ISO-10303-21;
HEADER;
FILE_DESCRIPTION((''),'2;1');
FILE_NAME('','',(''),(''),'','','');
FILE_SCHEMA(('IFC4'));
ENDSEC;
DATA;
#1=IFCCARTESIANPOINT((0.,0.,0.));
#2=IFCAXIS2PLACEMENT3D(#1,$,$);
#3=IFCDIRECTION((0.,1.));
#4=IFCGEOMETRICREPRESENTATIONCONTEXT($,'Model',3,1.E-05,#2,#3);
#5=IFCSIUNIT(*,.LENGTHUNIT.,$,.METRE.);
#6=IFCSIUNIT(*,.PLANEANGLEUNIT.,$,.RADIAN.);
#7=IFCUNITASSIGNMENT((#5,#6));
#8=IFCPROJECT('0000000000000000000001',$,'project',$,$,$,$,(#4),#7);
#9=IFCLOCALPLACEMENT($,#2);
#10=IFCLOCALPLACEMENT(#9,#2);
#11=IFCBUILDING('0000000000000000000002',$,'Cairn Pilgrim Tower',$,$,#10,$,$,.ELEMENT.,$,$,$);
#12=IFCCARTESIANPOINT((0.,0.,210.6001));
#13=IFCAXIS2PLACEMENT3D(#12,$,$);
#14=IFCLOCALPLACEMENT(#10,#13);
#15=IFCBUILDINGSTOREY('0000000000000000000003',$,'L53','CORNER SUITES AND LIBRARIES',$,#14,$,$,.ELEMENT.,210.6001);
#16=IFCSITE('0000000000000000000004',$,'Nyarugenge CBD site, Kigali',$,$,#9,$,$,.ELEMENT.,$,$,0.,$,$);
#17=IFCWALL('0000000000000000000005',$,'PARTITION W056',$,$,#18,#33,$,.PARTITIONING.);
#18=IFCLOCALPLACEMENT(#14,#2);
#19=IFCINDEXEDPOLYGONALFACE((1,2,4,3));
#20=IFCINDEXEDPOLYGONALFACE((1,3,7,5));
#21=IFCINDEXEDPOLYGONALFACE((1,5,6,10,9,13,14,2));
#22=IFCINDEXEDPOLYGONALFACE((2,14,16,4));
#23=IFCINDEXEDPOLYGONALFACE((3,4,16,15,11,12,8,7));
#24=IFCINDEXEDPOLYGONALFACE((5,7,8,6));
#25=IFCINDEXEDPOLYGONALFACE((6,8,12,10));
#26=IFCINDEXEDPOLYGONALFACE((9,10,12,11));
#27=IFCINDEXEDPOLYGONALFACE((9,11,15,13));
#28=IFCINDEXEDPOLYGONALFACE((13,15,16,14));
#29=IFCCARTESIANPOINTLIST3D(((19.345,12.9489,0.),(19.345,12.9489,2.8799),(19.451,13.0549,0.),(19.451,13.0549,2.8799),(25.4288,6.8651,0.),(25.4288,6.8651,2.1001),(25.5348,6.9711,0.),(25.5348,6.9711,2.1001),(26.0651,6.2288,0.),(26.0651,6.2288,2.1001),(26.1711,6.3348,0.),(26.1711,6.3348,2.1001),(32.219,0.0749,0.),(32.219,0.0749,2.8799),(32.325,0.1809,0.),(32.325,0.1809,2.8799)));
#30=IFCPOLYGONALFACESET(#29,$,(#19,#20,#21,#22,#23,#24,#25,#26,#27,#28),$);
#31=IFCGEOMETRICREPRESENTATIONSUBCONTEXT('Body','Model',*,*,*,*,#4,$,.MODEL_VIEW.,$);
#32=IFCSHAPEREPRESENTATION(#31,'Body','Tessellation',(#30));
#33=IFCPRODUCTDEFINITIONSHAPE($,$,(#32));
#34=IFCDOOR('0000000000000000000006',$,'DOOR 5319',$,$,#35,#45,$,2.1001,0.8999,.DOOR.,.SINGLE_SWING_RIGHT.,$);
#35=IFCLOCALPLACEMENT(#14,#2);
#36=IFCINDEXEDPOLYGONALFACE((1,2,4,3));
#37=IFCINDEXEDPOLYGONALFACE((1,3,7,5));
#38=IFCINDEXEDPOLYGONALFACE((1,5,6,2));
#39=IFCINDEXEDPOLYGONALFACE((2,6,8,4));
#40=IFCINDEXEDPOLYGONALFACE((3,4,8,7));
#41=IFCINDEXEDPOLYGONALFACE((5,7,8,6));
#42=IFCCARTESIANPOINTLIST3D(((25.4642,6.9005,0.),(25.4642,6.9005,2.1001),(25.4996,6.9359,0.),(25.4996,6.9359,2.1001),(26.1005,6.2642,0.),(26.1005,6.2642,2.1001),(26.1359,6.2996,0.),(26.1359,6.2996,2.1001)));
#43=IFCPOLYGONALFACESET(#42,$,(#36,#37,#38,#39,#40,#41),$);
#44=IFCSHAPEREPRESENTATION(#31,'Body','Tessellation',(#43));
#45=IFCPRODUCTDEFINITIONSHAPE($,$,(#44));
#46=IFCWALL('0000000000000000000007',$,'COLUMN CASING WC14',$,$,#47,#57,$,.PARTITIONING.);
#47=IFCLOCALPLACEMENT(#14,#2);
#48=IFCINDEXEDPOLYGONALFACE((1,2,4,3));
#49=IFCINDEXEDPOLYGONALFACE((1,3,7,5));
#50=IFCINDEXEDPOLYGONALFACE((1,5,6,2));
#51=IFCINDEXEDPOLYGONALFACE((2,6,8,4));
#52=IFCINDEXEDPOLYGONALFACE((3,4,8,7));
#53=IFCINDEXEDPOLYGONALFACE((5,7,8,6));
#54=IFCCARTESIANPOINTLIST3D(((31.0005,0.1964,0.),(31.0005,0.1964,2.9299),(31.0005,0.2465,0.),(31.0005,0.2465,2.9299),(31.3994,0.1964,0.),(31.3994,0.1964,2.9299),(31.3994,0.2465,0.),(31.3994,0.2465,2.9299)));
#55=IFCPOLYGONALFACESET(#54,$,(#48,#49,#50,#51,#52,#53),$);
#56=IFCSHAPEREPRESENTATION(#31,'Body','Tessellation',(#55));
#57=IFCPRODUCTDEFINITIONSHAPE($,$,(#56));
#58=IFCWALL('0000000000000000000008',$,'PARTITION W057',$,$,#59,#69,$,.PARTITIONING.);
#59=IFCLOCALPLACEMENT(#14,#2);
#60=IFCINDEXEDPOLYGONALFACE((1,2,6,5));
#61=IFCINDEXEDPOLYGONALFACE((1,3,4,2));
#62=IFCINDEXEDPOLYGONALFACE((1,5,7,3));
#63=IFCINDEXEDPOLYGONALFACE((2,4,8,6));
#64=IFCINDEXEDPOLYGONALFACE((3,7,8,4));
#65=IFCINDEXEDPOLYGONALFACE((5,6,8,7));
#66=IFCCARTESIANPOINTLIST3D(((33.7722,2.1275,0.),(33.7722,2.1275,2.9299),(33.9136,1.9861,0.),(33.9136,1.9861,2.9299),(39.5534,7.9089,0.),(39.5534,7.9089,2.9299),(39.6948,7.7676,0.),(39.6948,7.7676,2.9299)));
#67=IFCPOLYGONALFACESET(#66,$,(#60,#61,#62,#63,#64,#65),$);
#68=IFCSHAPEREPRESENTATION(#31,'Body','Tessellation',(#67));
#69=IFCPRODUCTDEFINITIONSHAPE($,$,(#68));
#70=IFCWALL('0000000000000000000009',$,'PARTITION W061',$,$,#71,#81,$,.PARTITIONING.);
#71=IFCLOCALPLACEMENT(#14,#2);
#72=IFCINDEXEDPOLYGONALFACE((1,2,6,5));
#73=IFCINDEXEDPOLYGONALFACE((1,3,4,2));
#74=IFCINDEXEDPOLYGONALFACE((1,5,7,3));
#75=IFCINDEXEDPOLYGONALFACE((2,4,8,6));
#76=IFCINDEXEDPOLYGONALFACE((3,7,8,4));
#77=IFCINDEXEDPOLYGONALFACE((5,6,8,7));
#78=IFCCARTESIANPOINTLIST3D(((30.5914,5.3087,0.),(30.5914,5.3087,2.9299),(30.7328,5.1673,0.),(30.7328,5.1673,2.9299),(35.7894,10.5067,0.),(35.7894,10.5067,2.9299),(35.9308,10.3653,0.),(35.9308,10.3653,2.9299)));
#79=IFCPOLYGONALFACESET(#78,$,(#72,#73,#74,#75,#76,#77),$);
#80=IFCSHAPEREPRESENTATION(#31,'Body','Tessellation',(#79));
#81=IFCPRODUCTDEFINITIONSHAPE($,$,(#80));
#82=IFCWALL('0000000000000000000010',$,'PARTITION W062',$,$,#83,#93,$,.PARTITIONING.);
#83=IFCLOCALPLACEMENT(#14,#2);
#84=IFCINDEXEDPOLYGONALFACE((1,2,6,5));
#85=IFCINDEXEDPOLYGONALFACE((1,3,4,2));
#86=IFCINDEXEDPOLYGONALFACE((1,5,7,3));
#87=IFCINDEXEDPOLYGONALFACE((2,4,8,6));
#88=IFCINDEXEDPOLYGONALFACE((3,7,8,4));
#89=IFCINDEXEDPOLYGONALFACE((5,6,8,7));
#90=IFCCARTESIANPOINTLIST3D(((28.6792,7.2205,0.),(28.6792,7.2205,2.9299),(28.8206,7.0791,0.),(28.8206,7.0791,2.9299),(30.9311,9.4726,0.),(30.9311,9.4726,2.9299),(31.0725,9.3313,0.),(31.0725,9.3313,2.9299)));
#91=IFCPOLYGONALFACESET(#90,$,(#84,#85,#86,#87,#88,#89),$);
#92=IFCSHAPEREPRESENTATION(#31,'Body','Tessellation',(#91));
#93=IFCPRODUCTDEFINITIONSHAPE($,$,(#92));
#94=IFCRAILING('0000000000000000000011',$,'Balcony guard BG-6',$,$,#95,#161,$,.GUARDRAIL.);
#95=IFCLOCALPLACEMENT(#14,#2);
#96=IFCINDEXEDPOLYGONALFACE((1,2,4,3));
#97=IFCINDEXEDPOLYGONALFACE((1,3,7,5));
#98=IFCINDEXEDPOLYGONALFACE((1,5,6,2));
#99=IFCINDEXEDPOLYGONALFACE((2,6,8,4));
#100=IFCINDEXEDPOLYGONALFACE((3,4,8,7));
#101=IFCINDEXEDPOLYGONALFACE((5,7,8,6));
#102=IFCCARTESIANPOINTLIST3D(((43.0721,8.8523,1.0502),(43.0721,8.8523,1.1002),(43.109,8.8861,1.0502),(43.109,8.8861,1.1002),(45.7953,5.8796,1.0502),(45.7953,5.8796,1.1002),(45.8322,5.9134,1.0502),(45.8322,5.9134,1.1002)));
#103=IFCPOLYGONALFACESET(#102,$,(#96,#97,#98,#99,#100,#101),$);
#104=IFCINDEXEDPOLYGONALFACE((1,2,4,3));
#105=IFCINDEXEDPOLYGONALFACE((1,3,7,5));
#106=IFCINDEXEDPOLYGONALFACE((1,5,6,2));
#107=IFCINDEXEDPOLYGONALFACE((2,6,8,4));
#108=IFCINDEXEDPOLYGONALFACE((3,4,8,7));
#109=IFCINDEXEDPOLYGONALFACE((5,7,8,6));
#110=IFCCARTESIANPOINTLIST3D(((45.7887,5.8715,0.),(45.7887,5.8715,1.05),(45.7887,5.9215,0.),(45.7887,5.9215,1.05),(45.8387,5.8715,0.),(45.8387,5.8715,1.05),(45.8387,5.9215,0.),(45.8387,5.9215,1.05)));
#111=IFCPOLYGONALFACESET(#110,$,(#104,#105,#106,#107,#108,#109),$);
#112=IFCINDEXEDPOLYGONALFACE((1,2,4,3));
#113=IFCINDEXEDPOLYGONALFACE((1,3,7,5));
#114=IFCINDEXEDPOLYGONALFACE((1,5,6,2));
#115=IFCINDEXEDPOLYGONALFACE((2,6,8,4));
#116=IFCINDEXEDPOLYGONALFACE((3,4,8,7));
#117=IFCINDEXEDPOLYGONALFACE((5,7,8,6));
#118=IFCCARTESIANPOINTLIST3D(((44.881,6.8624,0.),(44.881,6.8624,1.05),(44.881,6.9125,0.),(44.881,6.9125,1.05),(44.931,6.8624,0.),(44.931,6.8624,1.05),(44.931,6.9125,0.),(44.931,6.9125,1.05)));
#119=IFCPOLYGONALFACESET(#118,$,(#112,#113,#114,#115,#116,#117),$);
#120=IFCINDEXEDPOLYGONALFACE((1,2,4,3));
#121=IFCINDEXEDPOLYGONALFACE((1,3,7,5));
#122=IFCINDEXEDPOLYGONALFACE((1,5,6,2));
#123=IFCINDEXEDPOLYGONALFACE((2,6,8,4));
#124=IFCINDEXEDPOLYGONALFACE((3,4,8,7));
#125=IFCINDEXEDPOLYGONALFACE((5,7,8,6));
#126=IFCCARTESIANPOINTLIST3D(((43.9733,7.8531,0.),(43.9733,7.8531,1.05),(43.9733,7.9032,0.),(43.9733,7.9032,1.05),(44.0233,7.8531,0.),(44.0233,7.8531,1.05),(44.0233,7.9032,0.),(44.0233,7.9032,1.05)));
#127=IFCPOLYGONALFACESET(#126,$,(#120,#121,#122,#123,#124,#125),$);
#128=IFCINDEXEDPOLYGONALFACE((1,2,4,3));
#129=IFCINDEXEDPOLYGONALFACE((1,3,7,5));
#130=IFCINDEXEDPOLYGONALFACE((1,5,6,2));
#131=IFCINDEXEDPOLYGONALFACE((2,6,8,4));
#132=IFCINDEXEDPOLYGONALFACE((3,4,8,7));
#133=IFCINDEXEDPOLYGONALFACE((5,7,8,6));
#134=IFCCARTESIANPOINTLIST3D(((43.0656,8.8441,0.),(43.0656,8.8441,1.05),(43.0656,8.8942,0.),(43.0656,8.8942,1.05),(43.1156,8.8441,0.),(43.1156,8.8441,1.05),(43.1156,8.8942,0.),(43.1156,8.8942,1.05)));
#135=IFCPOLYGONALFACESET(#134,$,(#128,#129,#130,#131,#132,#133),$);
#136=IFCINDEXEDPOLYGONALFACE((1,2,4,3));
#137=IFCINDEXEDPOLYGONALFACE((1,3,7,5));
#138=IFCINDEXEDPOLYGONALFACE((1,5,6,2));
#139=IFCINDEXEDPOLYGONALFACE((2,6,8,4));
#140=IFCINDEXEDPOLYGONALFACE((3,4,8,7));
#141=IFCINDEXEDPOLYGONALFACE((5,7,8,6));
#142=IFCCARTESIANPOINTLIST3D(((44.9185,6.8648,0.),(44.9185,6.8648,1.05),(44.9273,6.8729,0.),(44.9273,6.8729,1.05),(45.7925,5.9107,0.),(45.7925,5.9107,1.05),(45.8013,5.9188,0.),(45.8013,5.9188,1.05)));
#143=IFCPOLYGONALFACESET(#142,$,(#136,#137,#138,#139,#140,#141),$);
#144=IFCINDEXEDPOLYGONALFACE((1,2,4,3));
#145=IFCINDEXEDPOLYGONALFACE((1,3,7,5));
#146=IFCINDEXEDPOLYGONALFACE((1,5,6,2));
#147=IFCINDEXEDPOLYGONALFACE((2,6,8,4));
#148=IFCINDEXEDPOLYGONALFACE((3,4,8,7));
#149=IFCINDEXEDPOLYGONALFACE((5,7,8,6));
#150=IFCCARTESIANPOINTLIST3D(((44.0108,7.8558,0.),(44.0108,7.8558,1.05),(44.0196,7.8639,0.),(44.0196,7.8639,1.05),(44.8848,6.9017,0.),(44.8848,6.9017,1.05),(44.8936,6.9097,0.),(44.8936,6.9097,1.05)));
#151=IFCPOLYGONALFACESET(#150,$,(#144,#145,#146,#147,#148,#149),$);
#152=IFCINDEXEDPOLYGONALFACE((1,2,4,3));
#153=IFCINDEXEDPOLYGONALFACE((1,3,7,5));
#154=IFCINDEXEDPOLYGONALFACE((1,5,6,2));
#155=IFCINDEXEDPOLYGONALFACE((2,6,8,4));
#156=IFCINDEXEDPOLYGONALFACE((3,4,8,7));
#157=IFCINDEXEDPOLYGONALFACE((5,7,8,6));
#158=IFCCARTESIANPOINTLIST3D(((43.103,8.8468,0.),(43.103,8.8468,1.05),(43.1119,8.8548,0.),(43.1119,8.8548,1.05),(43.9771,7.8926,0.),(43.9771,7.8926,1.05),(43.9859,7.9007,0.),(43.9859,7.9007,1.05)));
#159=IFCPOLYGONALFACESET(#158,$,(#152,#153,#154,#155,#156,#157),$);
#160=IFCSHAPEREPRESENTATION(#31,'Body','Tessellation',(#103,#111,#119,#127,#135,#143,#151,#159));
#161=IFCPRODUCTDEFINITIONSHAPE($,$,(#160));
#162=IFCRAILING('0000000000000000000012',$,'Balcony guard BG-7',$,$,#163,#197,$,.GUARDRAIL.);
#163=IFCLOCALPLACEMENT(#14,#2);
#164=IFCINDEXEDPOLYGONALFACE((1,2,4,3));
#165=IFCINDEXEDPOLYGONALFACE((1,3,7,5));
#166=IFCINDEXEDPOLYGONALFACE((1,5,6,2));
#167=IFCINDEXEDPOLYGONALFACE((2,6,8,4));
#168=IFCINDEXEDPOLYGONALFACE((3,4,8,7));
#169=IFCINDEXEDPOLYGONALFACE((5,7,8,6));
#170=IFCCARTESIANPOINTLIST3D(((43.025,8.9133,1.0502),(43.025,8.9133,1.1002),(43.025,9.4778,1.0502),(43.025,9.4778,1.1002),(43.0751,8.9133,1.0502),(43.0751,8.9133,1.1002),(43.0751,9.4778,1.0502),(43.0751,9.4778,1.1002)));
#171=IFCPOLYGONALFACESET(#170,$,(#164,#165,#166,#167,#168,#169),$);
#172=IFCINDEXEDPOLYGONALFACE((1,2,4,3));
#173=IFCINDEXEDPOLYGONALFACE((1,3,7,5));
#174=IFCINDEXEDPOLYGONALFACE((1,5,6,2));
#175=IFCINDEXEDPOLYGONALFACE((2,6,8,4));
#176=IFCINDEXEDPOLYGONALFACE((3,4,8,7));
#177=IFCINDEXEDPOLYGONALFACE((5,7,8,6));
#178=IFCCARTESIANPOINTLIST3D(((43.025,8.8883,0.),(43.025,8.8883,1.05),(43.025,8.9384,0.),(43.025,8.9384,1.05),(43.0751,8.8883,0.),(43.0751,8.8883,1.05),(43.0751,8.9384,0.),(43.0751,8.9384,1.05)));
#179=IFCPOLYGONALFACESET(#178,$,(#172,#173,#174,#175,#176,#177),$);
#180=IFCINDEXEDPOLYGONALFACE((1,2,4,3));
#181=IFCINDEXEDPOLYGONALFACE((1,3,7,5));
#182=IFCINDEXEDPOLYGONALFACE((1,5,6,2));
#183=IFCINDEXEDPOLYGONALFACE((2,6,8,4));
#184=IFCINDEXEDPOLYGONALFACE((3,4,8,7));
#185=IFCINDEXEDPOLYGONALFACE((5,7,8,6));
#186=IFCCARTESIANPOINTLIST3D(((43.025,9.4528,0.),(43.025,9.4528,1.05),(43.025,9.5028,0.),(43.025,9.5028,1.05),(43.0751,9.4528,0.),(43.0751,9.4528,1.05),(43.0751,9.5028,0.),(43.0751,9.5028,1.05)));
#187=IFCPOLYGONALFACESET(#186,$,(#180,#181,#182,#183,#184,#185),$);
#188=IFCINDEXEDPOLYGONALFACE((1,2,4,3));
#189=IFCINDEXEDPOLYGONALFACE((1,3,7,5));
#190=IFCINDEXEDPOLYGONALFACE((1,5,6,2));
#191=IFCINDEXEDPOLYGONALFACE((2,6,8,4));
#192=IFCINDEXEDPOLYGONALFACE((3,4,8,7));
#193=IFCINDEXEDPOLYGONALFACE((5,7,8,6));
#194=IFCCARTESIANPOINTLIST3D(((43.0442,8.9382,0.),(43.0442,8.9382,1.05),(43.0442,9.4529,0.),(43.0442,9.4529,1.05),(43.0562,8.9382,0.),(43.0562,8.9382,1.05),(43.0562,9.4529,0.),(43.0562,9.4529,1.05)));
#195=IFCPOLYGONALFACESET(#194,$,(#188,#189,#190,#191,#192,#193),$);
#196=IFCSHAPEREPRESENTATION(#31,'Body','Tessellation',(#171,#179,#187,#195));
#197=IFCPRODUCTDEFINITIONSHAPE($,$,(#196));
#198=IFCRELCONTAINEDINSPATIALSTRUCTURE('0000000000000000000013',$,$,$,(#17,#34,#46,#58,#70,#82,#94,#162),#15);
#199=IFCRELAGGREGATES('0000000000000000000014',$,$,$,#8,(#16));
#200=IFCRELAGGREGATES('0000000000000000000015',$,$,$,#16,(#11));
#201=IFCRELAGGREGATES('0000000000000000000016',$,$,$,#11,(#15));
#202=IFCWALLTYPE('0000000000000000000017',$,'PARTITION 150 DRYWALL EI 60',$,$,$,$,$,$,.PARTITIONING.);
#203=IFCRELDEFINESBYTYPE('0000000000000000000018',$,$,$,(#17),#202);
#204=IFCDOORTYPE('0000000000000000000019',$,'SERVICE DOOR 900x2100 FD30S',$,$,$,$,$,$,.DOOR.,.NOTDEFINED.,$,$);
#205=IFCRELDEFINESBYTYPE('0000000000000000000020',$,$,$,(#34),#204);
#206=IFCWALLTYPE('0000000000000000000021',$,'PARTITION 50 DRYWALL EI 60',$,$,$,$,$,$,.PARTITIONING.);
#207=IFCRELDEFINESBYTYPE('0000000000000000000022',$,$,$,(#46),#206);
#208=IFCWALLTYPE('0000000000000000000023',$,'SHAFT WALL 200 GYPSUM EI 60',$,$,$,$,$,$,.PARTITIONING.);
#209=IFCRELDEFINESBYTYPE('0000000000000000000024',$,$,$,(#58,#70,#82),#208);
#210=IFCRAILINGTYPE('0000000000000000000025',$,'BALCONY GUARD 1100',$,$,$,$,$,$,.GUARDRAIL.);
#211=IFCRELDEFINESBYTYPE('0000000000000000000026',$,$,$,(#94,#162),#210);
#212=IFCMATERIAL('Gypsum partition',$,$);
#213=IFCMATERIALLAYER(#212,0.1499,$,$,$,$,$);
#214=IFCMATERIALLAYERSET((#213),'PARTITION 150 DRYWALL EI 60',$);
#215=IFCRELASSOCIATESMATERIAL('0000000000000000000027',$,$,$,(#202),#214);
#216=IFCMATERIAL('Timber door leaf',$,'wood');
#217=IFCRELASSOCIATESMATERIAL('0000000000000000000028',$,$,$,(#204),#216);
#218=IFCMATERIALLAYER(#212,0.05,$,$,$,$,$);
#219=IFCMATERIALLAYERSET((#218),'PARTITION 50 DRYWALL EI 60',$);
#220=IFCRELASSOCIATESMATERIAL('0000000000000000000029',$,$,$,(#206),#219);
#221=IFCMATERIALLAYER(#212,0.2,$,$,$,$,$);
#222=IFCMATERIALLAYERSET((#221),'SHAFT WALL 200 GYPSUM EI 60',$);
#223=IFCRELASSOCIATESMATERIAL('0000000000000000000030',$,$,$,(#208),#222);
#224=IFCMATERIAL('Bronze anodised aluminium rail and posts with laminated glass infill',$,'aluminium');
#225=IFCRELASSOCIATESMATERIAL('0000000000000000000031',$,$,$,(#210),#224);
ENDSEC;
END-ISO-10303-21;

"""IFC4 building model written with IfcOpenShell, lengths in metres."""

from ifc_helpers import new_model, si_unit, direction, frame, frame_2d, origin, origin_2d, place, context, subcontext, project, spatial, polyline, rectangle, outline, extrude, material, layer, layer_set, type_object, element, fill, save


model = new_model("IFC4")

# Units and contexts
model_context = context("Model", 3, precision=1e-05, world=origin(), true_north=direction((0.0, 1.0)))
body_context = subcontext(model_context, "Body", "Model", "MODEL_VIEW")
ifc_project = project(units=[si_unit("LENGTHUNIT", "METRE"), si_unit("PLANEANGLEUNIT", "RADIAN")], contexts=[model_context])

# Site, building, storey
site_placement = place(None, origin())
site = spatial("IfcSite", under=ifc_project, at=site_placement, Name="Nyarugenge CBD site, Kigali", CompositionType="ELEMENT", RefElevation=0.0)
building_placement = place(site_placement, origin())
building = spatial("IfcBuilding", under=site, at=building_placement, Name="Cairn Pilgrim Tower", CompositionType="ELEMENT")
storey_placement = place(building_placement, frame((0.0, 0.0, 210.6001)))
storey = spatial("IfcBuildingStorey", under=building, at=storey_placement, Name="L53", Description="CORNER SUITES AND LIBRARIES", CompositionType="ELEMENT", Elevation=210.6001)

# Shared definitions
ifc_material_1 = material(Name="Gypsum partition")
ifc_layer_1 = layer(ifc_material_1, 0.1499)
ifc_layer_set_1 = layer_set([ifc_layer_1], Name="PARTITION 150 DRYWALL EI 60")
wall_type_1 = type_object("IfcWallType", Name="PARTITION 150 DRYWALL EI 60", PredefinedType="PARTITIONING", material=ifc_layer_set_1)
ifc_material_2 = material(Name="Timber door leaf", Category="wood")
door_type_1 = type_object("IfcDoorType", Name="SERVICE DOOR 900x2100 FD30S", OperationType="NOTDEFINED", PredefinedType="DOOR", material=ifc_material_2)

# Wall, opening, door
wall_1_placement = place(storey_placement, frame((32.272, 0.1279, 0.0), z_axis=(0.0, 0.0, 1.0), x_axis=(-0.707107, 0.707107, 0.0)))
wall_1 = element("IfcWall", 1, at=wall_1_placement, inside=storey, type_object=wall_type_1, Name="PARTITION W056", PredefinedType="PARTITIONING", context=body_context, shape_type="SweptSolid", body=[
    extrude(rectangle(XDim=18.2065, YDim=0.1499, at=frame_2d((9.1033, 0.0))), origin(), (0.0, 0.0, 1.0), 2.8799),
])
opening_1_placement = place(wall_1_placement, frame((8.7029, 0.0, 0.0)))
opening_1 = element("IfcOpeningElement", 2, at=opening_1_placement, cuts=wall_1, PredefinedType="OPENING", context=body_context, shape_type="SweptSolid", body=[
    extrude(rectangle(XDim=0.8999, YDim=2.1001, at=frame_2d((0.45, 1.05))), frame((0.0, 0.085, 0.0), z_axis=(0.0, -1.0, 0.0), x_axis=(1.0, 0.0, 0.0)), (0.0, 0.0, 1.0), 0.1699),
])
door_1_placement = place(opening_1_placement, origin())
door_1 = element("IfcDoor", 3, at=door_1_placement, inside=storey, type_object=door_type_1, Name="DOOR 5319", OperationType="SINGLE_SWING_RIGHT", OverallHeight=2.1001, OverallWidth=0.8999, PredefinedType="DOOR", context=body_context, shape_type="SweptSolid", body=[
    extrude(rectangle(XDim=0.8999, YDim=2.1001, at=frame_2d((0.45, 1.05))), frame((0.0, 0.0249, 0.0), z_axis=(0.0, -1.0, 0.0), x_axis=(1.0, 0.0, 0.0)), (0.0, 0.0, 1.0), 0.05),
])
fill(opening_1, door_1)

# Walls
ifc_layer_2 = layer(ifc_material_1, 0.05)
ifc_layer_set_2 = layer_set([ifc_layer_2], Name="PARTITION 50 DRYWALL EI 60")
wall_type_2 = type_object("IfcWallType", Name="PARTITION 50 DRYWALL EI 60", PredefinedType="PARTITIONING", material=ifc_layer_set_2)
wall_2_placement = place(storey_placement, frame((31.0005, 0.2214, 0.0), z_axis=(0.0, 0.0, 1.0), x_axis=(1.0, 0.0, 0.0)))
element("IfcWall", 4, at=wall_2_placement, inside=storey, type_object=wall_type_2, Name="COLUMN CASING WC14", PredefinedType="PARTITIONING", context=body_context, shape_type="SweptSolid", body=[
    extrude(rectangle(XDim=0.3989, YDim=0.05, at=frame_2d((0.1995, 0.0))), origin(), (0.0, 0.0, 1.0), 2.9299),
])
ifc_layer_3 = layer(ifc_material_1, 0.2)
ifc_layer_set_3 = layer_set([ifc_layer_3], Name="SHAFT WALL 200 GYPSUM EI 60")
wall_type_3 = type_object("IfcWallType", Name="SHAFT WALL 200 GYPSUM EI 60", PredefinedType="PARTITIONING", material=ifc_layer_set_3)
wall_3_placement = place(storey_placement, frame((33.843, 2.0569, 0.0), z_axis=(0.0, 0.0, 1.0), x_axis=(0.707092, 0.707122, 0.0)))
element("IfcWall", 5, at=wall_3_placement, inside=storey, type_object=wall_type_3, Name="PARTITION W057", PredefinedType="PARTITIONING", context=body_context, shape_type="SweptSolid", body=[
    extrude(rectangle(XDim=8.176, YDim=0.2, at=frame_2d((4.0879, 0.0))), origin(), (0.0, 0.0, 1.0), 2.9299),
])
wall_4_placement = place(storey_placement, frame((30.6621, 5.238, 0.0), z_axis=(0.0, 0.0, 1.0), x_axis=(0.707107, 0.707107, 0.0)))
element("IfcWall", 6, at=wall_4_placement, inside=storey, type_object=wall_type_3, Name="PARTITION W061", PredefinedType="PARTITIONING", context=body_context, shape_type="SweptSolid", body=[
    extrude(rectangle(XDim=7.3511, YDim=0.2, at=frame_2d((3.6755, 0.0))), origin(), (0.0, 0.0, 1.0), 2.9299),
])
wall_5_placement = place(storey_placement, frame((28.75, 7.1499, 0.0), z_axis=(0.0, 0.0, 1.0), x_axis=(0.707068, 0.707145, 0.0)))
element("IfcWall", 7, at=wall_5_placement, inside=storey, type_object=wall_type_3, Name="PARTITION W062", PredefinedType="PARTITIONING", context=body_context, shape_type="SweptSolid", body=[
    extrude(rectangle(XDim=3.1848, YDim=0.2, at=frame_2d((1.5923, 0.0))), origin(), (0.0, 0.0, 1.0), 2.9299),
])

# Railings
ifc_material_3 = material(Name="Bronze anodised aluminium rail and posts with laminated glass infill", Category="aluminium")
railing_type = type_object("IfcRailingType", Name="BALCONY GUARD 1100", PredefinedType="GUARDRAIL", material=ifc_material_3)
railing_1_placement = place(storey_placement, frame((45.8137, 5.8965, 0.0)))
element("IfcRailing", 8, at=railing_1_placement, inside=storey, type_object=railing_type, Name="Balcony guard BG-6", PredefinedType="GUARDRAIL", context=body_context, shape_type="SweptSolid", body=[
    extrude(rectangle(XDim=0.05, YDim=0.05, at=origin_2d()), frame((0.0, 0.0, 1.0752), z_axis=(-0.675483, 0.737375, 0.0), x_axis=(-0.737375, -0.675483, 0.0)), (0.0, 0.0, 1.0), 4.0315),
    extrude(rectangle(XDim=0.05, YDim=0.05, at=origin_2d()), origin(), (0.0, 0.0, 1.0), 1.05),
    extrude(rectangle(XDim=0.05, YDim=0.05, at=origin_2d()), frame((-0.9077, 0.991, 0.0)), (0.0, 0.0, 1.0), 1.05),
    extrude(rectangle(XDim=0.05, YDim=0.05, at=origin_2d()), frame((-1.8154, 1.9817, 0.0)), (0.0, 0.0, 1.0), 1.05),
    extrude(rectangle(XDim=0.05, YDim=0.05, at=origin_2d()), frame((-2.7231, 2.9727, 0.0)), (0.0, 0.0, 1.0), 1.05),
    extrude(outline(polyline([(0.0249, 0.0), (1.3188, 0.0), (1.3188, 1.05), (0.0249, 1.05), (0.0249, 0.0)])), frame((-0.0044, -0.0042, 0.0), z_axis=(0.737375, 0.675483, 0.0), x_axis=(-0.675483, 0.737375, 0.0)), (0.0, 0.0, 1.0), 0.012),
    extrude(outline(polyline([(0.0249, 0.0), (1.3188, 0.0), (1.3188, 1.05), (0.0249, 1.05), (0.0249, 0.0)])), frame((-0.9121, 0.9868, 0.0), z_axis=(0.737375, 0.675483, 0.0), x_axis=(-0.675483, 0.737375, 0.0)), (0.0, 0.0, 1.0), 0.012),
    extrude(outline(polyline([(0.0249, 0.0), (1.3188, 0.0), (1.3188, 1.05), (0.0249, 1.05), (0.0249, 0.0)])), frame((-1.8198, 1.9778, 0.0), z_axis=(0.737375, 0.675483, 0.0), x_axis=(-0.675483, 0.737375, 0.0)), (0.0, 0.0, 1.0), 0.012),
])
railing_2_placement = place(storey_placement, frame((43.05, 8.9133, 0.0)))
element("IfcRailing", 9, at=railing_2_placement, inside=storey, type_object=railing_type, Name="Balcony guard BG-7", PredefinedType="GUARDRAIL", context=body_context, shape_type="SweptSolid", body=[
    extrude(rectangle(XDim=0.05, YDim=0.05, at=origin_2d()), frame((0.0, 0.0, 1.0752), z_axis=(0.0, 1.0, 0.0), x_axis=(-1.0, 0.0, 0.0)), (0.0, 0.0, 1.0), 0.5645),
    extrude(rectangle(XDim=0.05, YDim=0.05, at=origin_2d()), origin(), (0.0, 0.0, 1.0), 1.05),
    extrude(rectangle(XDim=0.05, YDim=0.05, at=origin_2d()), frame((0.0, 0.5645, 0.0)), (0.0, 0.0, 1.0), 1.05),
    extrude(outline(polyline([(0.0249, 0.0), (0.5396, 0.0), (0.5396, 1.05), (0.0249, 1.05), (0.0249, 0.0)])), frame((-0.0059, 0.0, 0.0), z_axis=(1.0, 0.0, 0.0), x_axis=(0.0, 1.0, 0.0)), (0.0, 0.0, 1.0), 0.012),
])

save(model, "model.ifc")
